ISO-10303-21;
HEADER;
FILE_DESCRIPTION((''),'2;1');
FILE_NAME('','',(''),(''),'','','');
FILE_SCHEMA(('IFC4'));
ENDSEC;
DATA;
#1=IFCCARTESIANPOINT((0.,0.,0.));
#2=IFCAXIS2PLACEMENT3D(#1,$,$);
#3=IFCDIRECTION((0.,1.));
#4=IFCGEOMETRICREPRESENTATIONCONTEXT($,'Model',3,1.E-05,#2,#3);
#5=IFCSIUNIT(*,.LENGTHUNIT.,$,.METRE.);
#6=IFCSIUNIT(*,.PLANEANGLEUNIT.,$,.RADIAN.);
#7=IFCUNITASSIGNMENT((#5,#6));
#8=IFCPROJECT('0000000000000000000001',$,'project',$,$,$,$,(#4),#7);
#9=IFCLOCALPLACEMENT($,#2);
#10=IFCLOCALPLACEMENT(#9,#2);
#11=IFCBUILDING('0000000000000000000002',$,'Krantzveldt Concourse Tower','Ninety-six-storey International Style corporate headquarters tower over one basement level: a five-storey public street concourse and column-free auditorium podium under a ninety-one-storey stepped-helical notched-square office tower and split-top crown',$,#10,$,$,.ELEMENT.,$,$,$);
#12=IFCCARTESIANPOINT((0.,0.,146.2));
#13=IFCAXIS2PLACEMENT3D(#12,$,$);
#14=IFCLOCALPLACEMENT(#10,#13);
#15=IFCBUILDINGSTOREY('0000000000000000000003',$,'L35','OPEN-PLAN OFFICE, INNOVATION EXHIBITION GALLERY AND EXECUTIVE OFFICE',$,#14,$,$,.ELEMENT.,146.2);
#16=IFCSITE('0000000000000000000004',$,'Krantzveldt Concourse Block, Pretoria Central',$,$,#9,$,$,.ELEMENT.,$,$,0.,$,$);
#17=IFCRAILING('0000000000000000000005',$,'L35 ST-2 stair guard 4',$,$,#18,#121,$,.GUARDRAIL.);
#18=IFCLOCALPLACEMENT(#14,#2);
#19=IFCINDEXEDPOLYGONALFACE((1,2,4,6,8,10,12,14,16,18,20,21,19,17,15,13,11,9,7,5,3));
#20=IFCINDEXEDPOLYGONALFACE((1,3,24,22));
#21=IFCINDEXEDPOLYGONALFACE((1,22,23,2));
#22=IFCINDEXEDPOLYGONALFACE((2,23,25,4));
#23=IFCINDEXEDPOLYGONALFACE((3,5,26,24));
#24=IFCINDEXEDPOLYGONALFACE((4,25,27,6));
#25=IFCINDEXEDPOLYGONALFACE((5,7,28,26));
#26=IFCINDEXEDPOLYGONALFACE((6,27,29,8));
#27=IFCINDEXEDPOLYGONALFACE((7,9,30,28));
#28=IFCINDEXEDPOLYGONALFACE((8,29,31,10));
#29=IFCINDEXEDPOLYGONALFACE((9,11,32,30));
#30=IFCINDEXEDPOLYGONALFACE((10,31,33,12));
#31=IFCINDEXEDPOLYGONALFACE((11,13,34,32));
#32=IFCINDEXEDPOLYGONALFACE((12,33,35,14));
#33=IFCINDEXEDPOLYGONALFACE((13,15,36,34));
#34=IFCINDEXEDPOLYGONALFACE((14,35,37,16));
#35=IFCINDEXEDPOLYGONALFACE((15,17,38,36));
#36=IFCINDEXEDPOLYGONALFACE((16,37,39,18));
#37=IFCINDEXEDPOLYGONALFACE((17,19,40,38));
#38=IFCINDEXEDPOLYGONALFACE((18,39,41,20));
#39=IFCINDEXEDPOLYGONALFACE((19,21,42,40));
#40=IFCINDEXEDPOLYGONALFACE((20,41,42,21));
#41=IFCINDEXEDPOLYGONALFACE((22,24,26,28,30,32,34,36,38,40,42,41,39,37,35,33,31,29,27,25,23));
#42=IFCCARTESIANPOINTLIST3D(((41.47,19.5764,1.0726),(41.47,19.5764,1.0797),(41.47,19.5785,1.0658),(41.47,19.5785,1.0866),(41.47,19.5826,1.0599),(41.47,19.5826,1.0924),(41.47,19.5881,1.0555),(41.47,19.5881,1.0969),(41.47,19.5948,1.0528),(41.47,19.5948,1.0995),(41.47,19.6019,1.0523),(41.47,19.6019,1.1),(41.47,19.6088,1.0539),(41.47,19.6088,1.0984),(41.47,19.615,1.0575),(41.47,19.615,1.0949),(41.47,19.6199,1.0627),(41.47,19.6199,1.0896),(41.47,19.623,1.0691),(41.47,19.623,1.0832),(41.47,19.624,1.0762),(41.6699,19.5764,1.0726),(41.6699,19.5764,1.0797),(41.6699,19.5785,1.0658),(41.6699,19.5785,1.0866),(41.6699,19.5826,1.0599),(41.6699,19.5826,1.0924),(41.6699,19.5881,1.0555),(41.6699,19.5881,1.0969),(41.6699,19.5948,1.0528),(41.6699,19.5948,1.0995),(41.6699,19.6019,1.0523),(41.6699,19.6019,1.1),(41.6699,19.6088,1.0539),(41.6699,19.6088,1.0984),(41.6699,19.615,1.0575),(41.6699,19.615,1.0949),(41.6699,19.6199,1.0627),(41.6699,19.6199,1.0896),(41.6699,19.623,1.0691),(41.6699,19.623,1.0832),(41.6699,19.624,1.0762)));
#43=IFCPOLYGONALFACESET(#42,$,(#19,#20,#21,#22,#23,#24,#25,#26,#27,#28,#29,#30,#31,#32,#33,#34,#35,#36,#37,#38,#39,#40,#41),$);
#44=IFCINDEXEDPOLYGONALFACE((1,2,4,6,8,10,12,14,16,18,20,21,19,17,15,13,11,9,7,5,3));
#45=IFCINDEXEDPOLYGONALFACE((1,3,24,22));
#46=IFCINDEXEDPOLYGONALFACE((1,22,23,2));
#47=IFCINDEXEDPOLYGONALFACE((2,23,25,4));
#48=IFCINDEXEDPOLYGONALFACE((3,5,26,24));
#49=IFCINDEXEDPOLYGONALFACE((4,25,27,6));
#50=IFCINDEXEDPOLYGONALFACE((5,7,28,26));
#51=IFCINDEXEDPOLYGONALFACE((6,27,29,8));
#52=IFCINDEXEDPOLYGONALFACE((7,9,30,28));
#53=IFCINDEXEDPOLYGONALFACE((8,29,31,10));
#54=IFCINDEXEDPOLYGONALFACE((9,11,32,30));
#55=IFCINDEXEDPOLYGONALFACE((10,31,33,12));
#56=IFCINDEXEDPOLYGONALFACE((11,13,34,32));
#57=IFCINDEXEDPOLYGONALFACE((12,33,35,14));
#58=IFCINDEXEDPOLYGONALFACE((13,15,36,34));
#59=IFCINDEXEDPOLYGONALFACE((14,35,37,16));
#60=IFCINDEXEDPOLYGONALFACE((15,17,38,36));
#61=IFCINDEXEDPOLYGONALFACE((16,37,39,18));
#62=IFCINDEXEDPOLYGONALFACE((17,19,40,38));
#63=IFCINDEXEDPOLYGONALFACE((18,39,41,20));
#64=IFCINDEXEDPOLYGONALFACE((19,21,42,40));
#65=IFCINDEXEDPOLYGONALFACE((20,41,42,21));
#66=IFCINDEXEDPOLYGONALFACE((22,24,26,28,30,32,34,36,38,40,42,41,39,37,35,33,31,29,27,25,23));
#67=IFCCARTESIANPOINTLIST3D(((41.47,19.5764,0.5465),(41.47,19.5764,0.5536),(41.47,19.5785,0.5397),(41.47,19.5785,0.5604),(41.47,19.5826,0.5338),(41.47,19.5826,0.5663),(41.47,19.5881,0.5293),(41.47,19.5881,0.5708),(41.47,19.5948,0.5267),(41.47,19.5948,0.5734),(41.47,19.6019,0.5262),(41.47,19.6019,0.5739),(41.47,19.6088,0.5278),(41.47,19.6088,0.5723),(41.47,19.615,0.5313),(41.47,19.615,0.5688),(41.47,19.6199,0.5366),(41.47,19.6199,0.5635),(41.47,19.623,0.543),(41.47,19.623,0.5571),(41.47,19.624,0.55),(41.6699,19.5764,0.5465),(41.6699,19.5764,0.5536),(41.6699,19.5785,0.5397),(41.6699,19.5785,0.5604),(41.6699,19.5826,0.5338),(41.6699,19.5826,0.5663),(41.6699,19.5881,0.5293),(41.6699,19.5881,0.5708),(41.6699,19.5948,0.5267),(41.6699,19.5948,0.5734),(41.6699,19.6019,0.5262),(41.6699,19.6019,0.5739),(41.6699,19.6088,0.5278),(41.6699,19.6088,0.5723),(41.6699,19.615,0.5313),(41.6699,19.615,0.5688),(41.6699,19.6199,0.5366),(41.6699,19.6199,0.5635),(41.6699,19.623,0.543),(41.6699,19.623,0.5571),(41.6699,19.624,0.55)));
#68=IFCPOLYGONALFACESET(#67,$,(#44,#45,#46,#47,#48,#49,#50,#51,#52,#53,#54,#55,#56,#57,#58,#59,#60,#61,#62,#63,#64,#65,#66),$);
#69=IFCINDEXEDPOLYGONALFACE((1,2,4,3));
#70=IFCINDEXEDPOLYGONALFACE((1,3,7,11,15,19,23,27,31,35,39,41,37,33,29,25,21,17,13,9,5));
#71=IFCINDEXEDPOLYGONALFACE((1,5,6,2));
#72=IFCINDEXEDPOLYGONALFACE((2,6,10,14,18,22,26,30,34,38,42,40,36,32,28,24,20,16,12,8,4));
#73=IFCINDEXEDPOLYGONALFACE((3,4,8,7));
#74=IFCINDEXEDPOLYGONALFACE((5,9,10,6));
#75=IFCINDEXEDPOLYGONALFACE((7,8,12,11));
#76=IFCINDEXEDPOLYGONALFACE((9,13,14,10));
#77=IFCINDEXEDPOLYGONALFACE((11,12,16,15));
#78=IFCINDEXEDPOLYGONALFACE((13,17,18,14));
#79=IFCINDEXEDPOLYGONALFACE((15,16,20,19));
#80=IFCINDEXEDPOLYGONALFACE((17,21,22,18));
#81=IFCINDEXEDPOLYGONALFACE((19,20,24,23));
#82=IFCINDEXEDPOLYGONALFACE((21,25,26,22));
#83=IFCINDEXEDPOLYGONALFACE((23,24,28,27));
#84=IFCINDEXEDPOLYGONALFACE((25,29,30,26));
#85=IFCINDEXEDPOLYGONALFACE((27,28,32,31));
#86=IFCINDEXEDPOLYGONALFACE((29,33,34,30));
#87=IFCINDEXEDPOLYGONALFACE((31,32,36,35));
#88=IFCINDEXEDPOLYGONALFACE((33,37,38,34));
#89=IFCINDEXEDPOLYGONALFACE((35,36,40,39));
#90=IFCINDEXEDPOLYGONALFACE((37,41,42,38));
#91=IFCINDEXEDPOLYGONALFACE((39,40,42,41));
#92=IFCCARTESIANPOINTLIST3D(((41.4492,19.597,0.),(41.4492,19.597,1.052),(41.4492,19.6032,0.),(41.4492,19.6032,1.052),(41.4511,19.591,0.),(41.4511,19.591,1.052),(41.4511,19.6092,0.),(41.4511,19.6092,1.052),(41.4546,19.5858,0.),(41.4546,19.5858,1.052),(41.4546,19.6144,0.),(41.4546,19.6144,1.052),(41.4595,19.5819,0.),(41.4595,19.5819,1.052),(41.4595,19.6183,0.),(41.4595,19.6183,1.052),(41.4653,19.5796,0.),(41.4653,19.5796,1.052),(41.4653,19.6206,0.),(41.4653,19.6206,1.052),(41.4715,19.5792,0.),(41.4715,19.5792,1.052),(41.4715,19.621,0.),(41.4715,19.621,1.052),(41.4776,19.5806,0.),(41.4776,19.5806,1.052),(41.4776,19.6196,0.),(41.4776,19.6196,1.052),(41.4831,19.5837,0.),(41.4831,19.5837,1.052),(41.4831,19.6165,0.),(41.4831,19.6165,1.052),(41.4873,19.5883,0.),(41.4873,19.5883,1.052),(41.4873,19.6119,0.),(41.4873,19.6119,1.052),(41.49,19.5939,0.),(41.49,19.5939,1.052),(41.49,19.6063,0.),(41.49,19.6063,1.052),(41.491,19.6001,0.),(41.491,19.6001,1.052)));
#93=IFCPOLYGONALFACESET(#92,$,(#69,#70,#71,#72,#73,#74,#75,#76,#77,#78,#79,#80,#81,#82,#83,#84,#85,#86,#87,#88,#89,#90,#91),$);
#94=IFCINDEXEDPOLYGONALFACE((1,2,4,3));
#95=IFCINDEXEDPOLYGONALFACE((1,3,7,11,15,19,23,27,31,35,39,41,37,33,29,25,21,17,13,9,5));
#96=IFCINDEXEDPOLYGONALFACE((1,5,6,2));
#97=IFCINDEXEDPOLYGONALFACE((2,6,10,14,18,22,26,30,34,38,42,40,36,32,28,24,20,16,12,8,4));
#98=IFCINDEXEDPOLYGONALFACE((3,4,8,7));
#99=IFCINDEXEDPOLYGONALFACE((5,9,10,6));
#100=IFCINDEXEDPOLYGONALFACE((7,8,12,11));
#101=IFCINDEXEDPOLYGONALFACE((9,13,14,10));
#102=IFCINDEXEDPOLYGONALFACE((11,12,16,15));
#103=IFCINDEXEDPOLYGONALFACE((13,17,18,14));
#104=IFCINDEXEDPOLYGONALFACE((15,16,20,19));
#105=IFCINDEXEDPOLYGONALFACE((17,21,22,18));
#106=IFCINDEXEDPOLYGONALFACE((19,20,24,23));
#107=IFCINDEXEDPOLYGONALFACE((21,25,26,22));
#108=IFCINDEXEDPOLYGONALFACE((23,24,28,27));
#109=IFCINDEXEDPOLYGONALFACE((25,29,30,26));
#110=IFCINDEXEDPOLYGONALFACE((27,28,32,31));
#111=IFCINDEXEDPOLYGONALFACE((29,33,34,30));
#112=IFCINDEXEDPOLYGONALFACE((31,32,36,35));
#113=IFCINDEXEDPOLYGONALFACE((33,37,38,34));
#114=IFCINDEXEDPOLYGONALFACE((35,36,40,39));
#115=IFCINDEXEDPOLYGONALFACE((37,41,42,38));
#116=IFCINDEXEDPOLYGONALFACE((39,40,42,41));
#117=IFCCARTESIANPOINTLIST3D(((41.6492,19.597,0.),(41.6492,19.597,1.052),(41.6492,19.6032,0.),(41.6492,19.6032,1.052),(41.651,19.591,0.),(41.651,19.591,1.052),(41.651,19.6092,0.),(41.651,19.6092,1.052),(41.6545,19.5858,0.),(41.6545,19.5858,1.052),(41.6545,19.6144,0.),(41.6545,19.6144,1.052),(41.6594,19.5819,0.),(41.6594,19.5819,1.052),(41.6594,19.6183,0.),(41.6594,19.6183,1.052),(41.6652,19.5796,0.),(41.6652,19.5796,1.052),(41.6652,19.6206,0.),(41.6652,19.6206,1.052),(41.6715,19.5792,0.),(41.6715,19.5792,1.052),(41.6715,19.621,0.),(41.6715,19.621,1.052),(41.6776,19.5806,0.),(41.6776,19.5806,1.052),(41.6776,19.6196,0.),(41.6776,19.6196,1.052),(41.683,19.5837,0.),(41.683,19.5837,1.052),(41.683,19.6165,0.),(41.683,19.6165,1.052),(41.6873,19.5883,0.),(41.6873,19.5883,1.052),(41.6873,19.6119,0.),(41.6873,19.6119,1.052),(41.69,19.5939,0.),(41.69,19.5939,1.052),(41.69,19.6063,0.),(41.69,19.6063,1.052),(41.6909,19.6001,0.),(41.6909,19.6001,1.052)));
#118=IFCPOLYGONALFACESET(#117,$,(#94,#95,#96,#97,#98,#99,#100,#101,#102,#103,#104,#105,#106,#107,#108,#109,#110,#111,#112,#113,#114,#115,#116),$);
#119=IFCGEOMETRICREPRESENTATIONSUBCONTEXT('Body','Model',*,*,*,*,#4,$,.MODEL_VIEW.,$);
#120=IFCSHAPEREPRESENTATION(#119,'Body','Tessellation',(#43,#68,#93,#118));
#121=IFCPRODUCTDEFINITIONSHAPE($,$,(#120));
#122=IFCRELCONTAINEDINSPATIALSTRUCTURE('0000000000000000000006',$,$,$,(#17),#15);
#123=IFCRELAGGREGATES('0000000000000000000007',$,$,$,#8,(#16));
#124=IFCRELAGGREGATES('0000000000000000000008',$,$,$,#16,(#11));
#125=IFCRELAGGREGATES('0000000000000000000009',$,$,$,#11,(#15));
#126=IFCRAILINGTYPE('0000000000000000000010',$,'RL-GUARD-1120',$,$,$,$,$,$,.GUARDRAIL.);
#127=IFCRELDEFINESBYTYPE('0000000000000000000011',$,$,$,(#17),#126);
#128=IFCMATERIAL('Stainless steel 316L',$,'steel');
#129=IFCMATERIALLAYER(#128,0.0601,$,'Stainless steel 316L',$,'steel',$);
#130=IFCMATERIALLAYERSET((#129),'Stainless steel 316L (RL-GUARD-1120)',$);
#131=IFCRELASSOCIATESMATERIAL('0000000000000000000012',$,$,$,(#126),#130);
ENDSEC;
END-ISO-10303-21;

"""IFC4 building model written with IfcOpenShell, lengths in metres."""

from ifc_helpers import new_model, si_unit, direction, frame, origin, origin_2d, place, context, subcontext, project, spatial, circle, extrude, material, layer, layer_set, type_object, element, save


model = new_model("IFC4")

# Units and contexts
model_context = context("Model", 3, precision=1e-05, world=origin(), true_north=direction((0.0, 1.0)))
body_context = subcontext(model_context, "Body", "Model", "MODEL_VIEW")
ifc_project = project(units=[si_unit("LENGTHUNIT", "METRE"), si_unit("PLANEANGLEUNIT", "RADIAN")], contexts=[model_context])

# Site, building, storey
site_placement = place(None, origin())
site = spatial("IfcSite", under=ifc_project, at=site_placement, Name="Krantzveldt Concourse Block, Pretoria Central", CompositionType="ELEMENT", RefElevation=0.0)
building_placement = place(site_placement, origin())
building = spatial("IfcBuilding", under=site, at=building_placement, Name="Krantzveldt Concourse Tower", Description="Ninety-six-storey International Style corporate headquarters tower over one basement level: a five-storey public street concourse and column-free auditorium podium under a ninety-one-storey stepped-helical notched-square office tower and split-top crown", CompositionType="ELEMENT")
storey_placement = place(building_placement, frame((0.0, 0.0, 146.2)))
storey = spatial("IfcBuildingStorey", under=building, at=storey_placement, Name="L35", Description="OPEN-PLAN OFFICE, INNOVATION EXHIBITION GALLERY AND EXECUTIVE OFFICE", CompositionType="ELEMENT", Elevation=146.2)

# Shared definitions
ifc_material_1 = material(Name="Stainless steel 316L", Category="steel")

# Railing
ifc_layer_1 = layer(ifc_material_1, 0.0601, Name="Stainless steel 316L", Category="steel")
ifc_layer_set_1 = layer_set([ifc_layer_1], Name="Stainless steel 316L (RL-GUARD-1120)")
railing_type_1 = type_object("IfcRailingType", Name="RL-GUARD-1120", PredefinedType="GUARDRAIL", material=ifc_layer_set_1)
railing_1_placement = place(storey_placement, frame((41.47, 19.6001, 0.0)))
element("IfcRailing", 1, at=railing_1_placement, inside=storey, type_object=railing_type_1, Name="L35 ST-2 stair guard 4", PredefinedType="GUARDRAIL", context=body_context, shape_type="SweptSolid", body=[
    extrude(circle(Radius=0.0239, at=origin_2d()), frame((0.0, 0.0, 1.0762), z_axis=(1.0, 0.0, 0.0), x_axis=(0.0, 1.0, 0.0)), (0.0, 0.0, 1.0), 0.2),
    extrude(circle(Radius=0.0239, at=origin_2d()), frame((0.0, 0.0, 0.55), z_axis=(1.0, 0.0, 0.0), x_axis=(0.0, 1.0, 0.0)), (0.0, 0.0, 1.0), 0.2),
    extrude(circle(Radius=0.021, at=origin_2d()), origin(), (0.0, 0.0, 1.0), 1.052),
    extrude(circle(Radius=0.021, at=origin_2d()), frame((0.2, 0.0, 0.0)), (0.0, 0.0, 1.0), 1.052),
])

save(model, "model.ifc")
